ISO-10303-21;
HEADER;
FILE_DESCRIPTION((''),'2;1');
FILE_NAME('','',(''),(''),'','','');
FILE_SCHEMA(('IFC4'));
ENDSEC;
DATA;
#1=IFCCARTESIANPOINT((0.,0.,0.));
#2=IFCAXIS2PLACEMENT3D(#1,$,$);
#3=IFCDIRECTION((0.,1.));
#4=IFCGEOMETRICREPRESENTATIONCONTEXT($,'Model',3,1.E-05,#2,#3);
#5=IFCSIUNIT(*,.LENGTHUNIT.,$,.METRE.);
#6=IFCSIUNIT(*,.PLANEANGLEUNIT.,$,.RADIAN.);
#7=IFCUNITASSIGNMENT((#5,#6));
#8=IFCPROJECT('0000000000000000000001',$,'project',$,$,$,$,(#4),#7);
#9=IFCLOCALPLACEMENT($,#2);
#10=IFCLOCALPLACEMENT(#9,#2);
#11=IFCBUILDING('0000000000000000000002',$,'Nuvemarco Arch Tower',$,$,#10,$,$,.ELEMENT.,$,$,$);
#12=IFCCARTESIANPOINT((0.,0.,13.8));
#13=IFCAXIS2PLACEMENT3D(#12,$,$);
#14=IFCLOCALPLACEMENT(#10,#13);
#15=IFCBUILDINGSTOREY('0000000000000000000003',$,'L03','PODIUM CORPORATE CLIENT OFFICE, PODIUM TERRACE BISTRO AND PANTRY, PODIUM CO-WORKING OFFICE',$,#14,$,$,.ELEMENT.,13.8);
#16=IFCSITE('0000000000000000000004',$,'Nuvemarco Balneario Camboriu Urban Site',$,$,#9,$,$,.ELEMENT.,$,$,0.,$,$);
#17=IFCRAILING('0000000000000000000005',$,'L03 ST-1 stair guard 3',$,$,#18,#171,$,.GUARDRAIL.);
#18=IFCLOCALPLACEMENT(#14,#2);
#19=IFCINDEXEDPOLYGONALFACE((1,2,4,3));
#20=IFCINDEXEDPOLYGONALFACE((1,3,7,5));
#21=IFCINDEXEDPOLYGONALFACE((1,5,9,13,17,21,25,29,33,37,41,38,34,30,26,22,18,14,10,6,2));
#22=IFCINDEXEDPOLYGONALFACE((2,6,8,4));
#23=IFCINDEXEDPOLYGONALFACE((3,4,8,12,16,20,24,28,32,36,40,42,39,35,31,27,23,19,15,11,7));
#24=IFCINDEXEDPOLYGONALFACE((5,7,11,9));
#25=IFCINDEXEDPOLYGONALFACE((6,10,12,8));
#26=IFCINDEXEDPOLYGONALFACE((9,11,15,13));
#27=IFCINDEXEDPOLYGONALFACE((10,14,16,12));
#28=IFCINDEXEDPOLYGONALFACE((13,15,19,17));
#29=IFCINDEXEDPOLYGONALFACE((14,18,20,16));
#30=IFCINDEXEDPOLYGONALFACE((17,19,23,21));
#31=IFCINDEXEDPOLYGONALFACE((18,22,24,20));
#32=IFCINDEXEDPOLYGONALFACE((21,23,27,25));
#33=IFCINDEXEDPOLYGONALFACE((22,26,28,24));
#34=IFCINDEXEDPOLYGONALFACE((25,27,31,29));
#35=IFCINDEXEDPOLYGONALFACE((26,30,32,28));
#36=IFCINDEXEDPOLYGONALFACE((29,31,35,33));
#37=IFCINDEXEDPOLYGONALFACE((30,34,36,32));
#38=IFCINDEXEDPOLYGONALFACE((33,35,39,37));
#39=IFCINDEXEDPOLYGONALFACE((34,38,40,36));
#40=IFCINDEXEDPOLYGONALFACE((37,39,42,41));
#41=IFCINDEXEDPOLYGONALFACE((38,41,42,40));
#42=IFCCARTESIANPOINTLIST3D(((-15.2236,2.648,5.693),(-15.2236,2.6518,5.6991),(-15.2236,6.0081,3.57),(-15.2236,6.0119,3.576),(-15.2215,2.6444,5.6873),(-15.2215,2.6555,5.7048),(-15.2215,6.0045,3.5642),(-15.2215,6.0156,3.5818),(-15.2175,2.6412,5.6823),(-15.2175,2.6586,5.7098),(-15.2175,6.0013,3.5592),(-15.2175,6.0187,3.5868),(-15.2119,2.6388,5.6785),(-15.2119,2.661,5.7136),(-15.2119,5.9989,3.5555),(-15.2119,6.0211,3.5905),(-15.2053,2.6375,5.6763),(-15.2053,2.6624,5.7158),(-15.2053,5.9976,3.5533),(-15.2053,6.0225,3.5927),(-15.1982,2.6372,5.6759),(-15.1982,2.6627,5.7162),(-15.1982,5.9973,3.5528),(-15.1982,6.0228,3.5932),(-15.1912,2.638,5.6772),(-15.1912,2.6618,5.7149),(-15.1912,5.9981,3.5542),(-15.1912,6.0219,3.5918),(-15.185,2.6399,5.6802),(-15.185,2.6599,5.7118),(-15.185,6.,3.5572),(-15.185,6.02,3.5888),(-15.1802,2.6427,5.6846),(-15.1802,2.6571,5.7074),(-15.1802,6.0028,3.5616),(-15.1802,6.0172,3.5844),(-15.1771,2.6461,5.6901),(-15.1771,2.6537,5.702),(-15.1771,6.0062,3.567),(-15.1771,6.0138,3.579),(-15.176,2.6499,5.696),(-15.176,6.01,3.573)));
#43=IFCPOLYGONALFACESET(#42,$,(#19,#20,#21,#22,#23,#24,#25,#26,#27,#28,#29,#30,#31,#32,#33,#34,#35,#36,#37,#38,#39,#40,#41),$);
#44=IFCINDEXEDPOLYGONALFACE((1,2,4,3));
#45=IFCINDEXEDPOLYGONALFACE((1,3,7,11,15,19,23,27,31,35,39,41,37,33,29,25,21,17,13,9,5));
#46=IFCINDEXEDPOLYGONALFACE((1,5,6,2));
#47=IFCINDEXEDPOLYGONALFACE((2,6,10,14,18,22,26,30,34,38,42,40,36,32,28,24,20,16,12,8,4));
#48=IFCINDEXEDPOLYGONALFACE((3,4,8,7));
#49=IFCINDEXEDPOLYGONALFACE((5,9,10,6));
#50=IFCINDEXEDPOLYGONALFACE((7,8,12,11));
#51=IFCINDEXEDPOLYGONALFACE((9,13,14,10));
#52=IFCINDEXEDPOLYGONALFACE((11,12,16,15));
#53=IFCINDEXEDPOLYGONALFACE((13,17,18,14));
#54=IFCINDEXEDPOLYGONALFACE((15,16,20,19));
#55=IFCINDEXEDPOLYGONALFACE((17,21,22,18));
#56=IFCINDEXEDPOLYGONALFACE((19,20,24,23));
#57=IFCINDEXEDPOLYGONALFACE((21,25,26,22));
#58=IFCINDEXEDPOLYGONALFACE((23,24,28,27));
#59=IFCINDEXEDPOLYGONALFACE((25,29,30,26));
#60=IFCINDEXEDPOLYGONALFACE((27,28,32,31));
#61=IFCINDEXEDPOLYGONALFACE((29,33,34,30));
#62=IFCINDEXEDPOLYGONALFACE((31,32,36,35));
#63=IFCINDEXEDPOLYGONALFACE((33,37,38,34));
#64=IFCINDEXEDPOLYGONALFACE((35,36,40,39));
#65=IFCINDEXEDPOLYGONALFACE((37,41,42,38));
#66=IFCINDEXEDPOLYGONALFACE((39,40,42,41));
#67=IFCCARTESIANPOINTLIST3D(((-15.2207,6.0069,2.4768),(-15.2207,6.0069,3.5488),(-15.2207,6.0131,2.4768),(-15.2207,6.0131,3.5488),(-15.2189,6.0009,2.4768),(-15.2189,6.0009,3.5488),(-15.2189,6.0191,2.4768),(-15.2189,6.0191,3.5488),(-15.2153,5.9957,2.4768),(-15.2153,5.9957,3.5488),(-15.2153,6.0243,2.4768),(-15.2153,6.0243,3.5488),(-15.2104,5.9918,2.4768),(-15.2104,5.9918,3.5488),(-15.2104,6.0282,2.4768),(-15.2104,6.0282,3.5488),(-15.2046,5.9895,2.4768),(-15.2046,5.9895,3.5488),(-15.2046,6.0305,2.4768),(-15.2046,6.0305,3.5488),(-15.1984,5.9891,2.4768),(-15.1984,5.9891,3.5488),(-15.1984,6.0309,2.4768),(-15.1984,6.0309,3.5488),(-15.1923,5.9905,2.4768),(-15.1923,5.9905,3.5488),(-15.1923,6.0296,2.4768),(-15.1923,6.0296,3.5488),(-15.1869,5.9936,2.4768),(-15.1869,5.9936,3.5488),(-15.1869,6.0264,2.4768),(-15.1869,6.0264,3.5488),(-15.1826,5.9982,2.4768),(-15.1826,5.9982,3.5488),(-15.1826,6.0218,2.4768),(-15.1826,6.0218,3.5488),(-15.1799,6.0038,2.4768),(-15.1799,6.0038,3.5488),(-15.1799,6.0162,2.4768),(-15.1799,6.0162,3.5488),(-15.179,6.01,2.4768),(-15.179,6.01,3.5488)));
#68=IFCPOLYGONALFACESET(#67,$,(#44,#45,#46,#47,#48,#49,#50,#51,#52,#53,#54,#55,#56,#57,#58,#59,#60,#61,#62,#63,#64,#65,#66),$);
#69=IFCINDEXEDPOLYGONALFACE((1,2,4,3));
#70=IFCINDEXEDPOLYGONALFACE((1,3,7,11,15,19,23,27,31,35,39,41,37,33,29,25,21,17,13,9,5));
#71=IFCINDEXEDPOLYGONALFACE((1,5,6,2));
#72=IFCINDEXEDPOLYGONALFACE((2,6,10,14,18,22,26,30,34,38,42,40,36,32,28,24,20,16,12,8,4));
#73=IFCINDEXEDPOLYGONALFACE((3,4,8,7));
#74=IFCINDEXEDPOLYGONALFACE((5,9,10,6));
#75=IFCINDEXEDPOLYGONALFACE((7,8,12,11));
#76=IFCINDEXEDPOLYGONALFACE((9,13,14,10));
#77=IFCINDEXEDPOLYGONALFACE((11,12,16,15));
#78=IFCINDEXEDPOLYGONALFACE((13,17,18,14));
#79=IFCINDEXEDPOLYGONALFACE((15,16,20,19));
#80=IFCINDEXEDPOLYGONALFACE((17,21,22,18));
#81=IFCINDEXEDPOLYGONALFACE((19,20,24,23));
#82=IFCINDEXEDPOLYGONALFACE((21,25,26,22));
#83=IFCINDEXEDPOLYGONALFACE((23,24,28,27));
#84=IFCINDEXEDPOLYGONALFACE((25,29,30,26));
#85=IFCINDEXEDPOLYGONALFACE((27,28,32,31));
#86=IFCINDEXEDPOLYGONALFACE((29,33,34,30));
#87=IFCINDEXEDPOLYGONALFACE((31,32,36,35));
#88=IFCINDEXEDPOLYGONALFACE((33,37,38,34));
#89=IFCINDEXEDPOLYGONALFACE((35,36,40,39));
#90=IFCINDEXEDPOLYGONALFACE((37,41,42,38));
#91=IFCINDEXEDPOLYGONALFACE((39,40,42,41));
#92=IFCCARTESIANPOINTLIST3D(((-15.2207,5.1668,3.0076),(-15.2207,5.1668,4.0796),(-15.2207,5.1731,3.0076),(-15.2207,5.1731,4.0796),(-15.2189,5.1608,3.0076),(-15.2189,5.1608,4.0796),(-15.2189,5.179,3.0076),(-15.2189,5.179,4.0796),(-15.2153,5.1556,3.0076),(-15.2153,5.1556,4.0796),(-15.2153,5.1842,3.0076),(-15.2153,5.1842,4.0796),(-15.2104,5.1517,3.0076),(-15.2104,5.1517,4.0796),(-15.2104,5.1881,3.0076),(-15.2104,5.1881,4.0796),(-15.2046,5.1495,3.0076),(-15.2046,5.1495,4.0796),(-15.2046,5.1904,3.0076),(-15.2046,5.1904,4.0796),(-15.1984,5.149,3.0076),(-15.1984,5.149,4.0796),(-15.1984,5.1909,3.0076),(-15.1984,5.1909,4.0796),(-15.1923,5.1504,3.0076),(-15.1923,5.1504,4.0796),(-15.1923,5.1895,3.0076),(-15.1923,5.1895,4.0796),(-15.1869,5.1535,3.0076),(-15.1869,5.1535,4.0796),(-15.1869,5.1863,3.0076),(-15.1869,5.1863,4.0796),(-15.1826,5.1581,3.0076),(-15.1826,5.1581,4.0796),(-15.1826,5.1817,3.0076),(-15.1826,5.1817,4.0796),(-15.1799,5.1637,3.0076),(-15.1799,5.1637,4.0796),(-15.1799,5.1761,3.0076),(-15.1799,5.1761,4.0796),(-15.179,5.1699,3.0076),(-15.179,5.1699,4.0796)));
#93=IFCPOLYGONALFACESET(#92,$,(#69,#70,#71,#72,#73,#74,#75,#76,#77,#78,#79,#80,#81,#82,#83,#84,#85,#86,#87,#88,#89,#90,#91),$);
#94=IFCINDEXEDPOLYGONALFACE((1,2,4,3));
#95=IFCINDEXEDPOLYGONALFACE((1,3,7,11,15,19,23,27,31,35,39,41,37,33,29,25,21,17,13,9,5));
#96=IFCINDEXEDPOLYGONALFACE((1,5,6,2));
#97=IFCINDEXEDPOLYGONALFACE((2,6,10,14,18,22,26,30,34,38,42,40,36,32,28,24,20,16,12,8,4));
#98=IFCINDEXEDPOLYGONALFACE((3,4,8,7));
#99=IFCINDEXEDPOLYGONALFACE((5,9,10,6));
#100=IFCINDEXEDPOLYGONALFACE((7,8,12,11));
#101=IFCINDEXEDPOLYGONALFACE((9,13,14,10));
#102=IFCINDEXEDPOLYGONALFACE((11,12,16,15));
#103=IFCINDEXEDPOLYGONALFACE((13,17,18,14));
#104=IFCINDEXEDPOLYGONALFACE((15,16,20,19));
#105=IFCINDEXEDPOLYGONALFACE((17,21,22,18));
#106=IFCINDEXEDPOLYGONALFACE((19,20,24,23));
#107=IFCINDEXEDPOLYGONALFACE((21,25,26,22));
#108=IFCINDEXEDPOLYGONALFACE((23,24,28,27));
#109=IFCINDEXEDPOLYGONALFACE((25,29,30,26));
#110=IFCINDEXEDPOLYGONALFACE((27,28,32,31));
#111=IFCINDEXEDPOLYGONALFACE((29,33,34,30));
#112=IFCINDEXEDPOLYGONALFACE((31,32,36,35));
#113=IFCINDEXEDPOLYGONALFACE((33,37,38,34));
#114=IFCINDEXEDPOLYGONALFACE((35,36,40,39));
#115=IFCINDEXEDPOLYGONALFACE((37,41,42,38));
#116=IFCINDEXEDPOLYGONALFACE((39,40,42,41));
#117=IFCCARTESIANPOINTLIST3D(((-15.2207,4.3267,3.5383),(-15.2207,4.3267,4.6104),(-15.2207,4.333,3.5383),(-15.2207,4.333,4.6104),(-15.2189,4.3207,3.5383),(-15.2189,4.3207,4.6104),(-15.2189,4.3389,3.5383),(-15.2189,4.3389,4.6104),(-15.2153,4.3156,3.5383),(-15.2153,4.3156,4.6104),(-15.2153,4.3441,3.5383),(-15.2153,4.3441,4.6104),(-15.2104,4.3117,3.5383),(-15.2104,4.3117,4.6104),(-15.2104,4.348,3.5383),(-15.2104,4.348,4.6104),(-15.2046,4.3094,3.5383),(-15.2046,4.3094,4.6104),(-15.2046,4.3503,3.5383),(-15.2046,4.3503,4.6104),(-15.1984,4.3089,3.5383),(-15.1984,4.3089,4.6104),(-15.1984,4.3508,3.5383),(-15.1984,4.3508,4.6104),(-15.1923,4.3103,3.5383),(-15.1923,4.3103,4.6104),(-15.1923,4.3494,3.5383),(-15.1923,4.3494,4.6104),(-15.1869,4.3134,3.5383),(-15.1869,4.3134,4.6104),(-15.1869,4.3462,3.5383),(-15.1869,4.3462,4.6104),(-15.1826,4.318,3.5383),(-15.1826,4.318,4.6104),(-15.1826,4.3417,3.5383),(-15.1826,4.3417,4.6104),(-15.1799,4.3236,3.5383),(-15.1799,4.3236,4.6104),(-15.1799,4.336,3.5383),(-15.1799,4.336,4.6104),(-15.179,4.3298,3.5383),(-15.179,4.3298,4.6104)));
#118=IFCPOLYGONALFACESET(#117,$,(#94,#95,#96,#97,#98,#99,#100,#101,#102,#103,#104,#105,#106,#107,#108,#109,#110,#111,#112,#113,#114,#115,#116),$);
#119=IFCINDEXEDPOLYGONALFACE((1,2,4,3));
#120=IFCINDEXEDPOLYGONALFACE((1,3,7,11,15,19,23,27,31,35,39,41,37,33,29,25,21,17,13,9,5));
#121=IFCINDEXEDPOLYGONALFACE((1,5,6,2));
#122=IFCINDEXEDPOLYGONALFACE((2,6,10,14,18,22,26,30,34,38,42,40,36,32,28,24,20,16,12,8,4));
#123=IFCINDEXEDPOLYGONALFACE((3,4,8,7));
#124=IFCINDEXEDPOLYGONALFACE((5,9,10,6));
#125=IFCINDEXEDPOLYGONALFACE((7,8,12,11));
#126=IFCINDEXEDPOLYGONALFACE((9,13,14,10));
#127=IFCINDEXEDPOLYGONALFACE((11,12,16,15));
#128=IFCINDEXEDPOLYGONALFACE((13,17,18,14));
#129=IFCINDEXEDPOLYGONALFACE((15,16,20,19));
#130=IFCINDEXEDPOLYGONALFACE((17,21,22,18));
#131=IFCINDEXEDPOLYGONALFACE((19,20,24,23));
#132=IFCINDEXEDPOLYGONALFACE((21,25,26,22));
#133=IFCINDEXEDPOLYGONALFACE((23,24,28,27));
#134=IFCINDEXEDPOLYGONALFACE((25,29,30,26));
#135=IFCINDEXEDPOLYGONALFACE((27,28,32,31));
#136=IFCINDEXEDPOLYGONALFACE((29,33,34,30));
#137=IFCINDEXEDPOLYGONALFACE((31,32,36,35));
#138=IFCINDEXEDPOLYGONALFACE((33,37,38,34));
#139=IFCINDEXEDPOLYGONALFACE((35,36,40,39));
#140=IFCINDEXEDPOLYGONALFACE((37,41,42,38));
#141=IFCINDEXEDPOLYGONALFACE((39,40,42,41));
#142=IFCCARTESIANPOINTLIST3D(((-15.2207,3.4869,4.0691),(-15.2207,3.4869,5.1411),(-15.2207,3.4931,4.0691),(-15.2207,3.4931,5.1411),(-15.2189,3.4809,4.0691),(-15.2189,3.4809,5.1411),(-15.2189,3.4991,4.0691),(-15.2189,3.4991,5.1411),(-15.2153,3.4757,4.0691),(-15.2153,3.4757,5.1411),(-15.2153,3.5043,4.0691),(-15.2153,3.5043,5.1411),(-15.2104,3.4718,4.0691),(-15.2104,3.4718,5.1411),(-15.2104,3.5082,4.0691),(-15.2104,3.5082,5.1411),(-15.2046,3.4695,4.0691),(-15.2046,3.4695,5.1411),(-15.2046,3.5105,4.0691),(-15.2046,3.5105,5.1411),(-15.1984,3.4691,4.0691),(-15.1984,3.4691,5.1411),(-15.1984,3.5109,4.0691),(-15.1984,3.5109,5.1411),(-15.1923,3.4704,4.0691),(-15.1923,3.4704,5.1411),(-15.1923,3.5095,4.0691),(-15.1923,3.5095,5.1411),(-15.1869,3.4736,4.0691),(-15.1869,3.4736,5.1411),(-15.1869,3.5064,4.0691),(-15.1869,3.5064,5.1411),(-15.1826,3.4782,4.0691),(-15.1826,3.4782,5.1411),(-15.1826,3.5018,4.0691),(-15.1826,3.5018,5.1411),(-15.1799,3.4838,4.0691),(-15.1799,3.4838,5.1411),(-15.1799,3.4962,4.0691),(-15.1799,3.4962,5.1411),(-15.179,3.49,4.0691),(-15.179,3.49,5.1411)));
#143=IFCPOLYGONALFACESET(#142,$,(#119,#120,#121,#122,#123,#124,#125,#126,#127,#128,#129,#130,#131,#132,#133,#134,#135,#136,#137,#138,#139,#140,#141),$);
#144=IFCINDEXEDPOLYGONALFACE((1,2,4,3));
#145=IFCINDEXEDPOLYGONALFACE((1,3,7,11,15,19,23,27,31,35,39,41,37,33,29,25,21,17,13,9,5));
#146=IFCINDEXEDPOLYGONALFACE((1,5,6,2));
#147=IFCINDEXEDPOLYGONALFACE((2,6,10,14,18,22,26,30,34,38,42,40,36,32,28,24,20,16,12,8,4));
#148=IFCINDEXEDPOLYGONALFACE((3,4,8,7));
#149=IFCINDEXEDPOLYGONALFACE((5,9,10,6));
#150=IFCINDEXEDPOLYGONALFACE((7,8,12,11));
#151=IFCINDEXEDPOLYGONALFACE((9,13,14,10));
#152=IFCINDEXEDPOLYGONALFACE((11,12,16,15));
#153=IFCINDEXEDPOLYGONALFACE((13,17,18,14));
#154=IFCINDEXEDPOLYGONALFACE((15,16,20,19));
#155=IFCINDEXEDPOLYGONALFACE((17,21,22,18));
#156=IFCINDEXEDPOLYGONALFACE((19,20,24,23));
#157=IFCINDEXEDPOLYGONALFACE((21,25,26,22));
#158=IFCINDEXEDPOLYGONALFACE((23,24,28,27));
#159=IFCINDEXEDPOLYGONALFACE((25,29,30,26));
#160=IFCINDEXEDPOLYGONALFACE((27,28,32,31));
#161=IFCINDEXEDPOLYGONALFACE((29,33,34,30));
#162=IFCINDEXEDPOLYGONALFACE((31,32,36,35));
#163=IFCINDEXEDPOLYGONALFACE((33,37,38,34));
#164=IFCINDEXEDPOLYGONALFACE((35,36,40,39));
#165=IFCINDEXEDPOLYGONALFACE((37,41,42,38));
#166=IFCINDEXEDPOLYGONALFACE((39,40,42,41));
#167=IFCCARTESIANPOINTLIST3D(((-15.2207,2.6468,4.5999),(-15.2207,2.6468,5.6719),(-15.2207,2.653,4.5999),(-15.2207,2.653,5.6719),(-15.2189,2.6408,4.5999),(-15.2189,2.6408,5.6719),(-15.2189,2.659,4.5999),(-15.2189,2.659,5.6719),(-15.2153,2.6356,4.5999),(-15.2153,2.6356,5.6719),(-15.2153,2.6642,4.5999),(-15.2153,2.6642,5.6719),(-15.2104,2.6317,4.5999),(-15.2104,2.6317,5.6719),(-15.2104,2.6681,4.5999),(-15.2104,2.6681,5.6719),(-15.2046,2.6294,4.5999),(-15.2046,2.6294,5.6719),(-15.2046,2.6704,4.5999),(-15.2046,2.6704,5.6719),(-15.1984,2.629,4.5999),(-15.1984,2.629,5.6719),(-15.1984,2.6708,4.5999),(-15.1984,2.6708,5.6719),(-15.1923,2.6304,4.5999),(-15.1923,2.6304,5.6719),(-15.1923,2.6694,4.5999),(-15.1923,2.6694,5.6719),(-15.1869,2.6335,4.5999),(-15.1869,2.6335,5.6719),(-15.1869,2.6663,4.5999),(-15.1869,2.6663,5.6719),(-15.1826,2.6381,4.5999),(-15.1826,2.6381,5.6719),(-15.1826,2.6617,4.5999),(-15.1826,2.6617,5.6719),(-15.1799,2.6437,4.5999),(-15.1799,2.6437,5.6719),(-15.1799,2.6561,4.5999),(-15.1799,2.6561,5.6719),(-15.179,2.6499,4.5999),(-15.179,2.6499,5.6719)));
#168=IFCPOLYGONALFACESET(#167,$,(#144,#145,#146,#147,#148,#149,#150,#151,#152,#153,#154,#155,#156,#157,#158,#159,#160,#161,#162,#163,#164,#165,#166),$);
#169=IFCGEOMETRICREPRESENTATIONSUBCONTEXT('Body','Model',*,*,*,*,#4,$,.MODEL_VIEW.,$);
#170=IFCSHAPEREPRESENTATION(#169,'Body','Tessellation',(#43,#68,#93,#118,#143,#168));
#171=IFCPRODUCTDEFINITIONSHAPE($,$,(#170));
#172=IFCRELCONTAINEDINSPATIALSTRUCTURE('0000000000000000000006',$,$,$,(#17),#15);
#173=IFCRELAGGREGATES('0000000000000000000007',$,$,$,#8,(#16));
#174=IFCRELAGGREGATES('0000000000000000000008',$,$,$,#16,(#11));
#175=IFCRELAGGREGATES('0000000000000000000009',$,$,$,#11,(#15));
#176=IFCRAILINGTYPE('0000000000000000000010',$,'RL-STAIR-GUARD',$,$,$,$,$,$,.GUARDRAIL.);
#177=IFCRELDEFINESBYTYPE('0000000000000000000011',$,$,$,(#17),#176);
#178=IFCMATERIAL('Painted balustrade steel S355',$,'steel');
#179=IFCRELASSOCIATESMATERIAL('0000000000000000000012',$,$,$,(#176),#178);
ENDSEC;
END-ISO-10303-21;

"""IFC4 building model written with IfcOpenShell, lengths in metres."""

from ifc_helpers import new_model, si_unit, direction, frame, origin, origin_2d, place, context, subcontext, project, spatial, circle, extrude, material, type_object, element, save


model = new_model("IFC4")

# Units and contexts
model_context = context("Model", 3, precision=1e-05, world=origin(), true_north=direction((0.0, 1.0)))
body_context = subcontext(model_context, "Body", "Model", "MODEL_VIEW")
ifc_project = project(units=[si_unit("LENGTHUNIT", "METRE"), si_unit("PLANEANGLEUNIT", "RADIAN")], contexts=[model_context])

# Site, building, storey
site_placement = place(None, origin())
site = spatial("IfcSite", under=ifc_project, at=site_placement, Name="Nuvemarco Balneario Camboriu Urban Site", CompositionType="ELEMENT", RefElevation=0.0)
building_placement = place(site_placement, origin())
building = spatial("IfcBuilding", under=site, at=building_placement, Name="Nuvemarco Arch Tower", CompositionType="ELEMENT")
storey_placement = place(building_placement, frame((0.0, 0.0, 13.8)))
storey = spatial("IfcBuildingStorey", under=building, at=storey_placement, Name="L03", Description="PODIUM CORPORATE CLIENT OFFICE, PODIUM TERRACE BISTRO AND PANTRY, PODIUM CO-WORKING OFFICE", CompositionType="ELEMENT", Elevation=13.8)

# Railing
ifc_material_1 = material(Name="Painted balustrade steel S355", Category="steel")
railing_type_1 = type_object("IfcRailingType", Name="RL-STAIR-GUARD", PredefinedType="GUARDRAIL", material=ifc_material_1)
railing_1_placement = place(storey_placement, frame((-15.2, 6.01, 2.4768)))
element("IfcRailing", 1, at=railing_1_placement, inside=storey, type_object=railing_type_1, Name="L03 ST-1 stair guard 3", PredefinedType="GUARDRAIL", context=body_context, shape_type="SweptSolid", body=[
    extrude(circle(Radius=0.0239, at=origin_2d()), frame((0.0, 0.0, 1.0962), z_axis=(0.0, -0.84539, 0.53415), x_axis=(1.0, 0.0, 0.0)), (0.0, 0.0, 1.0), 3.9746),
    extrude(circle(Radius=0.021, at=origin_2d()), origin(), (0.0, 0.0, 1.0), 1.072),
    extrude(circle(Radius=0.021, at=origin_2d()), frame((0.0, -0.8401, 0.5308)), (0.0, 0.0, 1.0), 1.072),
    extrude(circle(Radius=0.021, at=origin_2d()), frame((0.0, -1.6802, 1.0615)), (0.0, 0.0, 1.0), 1.072),
    extrude(circle(Radius=0.021, at=origin_2d()), frame((0.0, -2.52, 1.5923)), (0.0, 0.0, 1.0), 1.072),
    extrude(circle(Radius=0.021, at=origin_2d()), frame((0.0, -3.3601, 2.123)), (0.0, 0.0, 1.0), 1.072),
])

save(model, "model.ifc")
